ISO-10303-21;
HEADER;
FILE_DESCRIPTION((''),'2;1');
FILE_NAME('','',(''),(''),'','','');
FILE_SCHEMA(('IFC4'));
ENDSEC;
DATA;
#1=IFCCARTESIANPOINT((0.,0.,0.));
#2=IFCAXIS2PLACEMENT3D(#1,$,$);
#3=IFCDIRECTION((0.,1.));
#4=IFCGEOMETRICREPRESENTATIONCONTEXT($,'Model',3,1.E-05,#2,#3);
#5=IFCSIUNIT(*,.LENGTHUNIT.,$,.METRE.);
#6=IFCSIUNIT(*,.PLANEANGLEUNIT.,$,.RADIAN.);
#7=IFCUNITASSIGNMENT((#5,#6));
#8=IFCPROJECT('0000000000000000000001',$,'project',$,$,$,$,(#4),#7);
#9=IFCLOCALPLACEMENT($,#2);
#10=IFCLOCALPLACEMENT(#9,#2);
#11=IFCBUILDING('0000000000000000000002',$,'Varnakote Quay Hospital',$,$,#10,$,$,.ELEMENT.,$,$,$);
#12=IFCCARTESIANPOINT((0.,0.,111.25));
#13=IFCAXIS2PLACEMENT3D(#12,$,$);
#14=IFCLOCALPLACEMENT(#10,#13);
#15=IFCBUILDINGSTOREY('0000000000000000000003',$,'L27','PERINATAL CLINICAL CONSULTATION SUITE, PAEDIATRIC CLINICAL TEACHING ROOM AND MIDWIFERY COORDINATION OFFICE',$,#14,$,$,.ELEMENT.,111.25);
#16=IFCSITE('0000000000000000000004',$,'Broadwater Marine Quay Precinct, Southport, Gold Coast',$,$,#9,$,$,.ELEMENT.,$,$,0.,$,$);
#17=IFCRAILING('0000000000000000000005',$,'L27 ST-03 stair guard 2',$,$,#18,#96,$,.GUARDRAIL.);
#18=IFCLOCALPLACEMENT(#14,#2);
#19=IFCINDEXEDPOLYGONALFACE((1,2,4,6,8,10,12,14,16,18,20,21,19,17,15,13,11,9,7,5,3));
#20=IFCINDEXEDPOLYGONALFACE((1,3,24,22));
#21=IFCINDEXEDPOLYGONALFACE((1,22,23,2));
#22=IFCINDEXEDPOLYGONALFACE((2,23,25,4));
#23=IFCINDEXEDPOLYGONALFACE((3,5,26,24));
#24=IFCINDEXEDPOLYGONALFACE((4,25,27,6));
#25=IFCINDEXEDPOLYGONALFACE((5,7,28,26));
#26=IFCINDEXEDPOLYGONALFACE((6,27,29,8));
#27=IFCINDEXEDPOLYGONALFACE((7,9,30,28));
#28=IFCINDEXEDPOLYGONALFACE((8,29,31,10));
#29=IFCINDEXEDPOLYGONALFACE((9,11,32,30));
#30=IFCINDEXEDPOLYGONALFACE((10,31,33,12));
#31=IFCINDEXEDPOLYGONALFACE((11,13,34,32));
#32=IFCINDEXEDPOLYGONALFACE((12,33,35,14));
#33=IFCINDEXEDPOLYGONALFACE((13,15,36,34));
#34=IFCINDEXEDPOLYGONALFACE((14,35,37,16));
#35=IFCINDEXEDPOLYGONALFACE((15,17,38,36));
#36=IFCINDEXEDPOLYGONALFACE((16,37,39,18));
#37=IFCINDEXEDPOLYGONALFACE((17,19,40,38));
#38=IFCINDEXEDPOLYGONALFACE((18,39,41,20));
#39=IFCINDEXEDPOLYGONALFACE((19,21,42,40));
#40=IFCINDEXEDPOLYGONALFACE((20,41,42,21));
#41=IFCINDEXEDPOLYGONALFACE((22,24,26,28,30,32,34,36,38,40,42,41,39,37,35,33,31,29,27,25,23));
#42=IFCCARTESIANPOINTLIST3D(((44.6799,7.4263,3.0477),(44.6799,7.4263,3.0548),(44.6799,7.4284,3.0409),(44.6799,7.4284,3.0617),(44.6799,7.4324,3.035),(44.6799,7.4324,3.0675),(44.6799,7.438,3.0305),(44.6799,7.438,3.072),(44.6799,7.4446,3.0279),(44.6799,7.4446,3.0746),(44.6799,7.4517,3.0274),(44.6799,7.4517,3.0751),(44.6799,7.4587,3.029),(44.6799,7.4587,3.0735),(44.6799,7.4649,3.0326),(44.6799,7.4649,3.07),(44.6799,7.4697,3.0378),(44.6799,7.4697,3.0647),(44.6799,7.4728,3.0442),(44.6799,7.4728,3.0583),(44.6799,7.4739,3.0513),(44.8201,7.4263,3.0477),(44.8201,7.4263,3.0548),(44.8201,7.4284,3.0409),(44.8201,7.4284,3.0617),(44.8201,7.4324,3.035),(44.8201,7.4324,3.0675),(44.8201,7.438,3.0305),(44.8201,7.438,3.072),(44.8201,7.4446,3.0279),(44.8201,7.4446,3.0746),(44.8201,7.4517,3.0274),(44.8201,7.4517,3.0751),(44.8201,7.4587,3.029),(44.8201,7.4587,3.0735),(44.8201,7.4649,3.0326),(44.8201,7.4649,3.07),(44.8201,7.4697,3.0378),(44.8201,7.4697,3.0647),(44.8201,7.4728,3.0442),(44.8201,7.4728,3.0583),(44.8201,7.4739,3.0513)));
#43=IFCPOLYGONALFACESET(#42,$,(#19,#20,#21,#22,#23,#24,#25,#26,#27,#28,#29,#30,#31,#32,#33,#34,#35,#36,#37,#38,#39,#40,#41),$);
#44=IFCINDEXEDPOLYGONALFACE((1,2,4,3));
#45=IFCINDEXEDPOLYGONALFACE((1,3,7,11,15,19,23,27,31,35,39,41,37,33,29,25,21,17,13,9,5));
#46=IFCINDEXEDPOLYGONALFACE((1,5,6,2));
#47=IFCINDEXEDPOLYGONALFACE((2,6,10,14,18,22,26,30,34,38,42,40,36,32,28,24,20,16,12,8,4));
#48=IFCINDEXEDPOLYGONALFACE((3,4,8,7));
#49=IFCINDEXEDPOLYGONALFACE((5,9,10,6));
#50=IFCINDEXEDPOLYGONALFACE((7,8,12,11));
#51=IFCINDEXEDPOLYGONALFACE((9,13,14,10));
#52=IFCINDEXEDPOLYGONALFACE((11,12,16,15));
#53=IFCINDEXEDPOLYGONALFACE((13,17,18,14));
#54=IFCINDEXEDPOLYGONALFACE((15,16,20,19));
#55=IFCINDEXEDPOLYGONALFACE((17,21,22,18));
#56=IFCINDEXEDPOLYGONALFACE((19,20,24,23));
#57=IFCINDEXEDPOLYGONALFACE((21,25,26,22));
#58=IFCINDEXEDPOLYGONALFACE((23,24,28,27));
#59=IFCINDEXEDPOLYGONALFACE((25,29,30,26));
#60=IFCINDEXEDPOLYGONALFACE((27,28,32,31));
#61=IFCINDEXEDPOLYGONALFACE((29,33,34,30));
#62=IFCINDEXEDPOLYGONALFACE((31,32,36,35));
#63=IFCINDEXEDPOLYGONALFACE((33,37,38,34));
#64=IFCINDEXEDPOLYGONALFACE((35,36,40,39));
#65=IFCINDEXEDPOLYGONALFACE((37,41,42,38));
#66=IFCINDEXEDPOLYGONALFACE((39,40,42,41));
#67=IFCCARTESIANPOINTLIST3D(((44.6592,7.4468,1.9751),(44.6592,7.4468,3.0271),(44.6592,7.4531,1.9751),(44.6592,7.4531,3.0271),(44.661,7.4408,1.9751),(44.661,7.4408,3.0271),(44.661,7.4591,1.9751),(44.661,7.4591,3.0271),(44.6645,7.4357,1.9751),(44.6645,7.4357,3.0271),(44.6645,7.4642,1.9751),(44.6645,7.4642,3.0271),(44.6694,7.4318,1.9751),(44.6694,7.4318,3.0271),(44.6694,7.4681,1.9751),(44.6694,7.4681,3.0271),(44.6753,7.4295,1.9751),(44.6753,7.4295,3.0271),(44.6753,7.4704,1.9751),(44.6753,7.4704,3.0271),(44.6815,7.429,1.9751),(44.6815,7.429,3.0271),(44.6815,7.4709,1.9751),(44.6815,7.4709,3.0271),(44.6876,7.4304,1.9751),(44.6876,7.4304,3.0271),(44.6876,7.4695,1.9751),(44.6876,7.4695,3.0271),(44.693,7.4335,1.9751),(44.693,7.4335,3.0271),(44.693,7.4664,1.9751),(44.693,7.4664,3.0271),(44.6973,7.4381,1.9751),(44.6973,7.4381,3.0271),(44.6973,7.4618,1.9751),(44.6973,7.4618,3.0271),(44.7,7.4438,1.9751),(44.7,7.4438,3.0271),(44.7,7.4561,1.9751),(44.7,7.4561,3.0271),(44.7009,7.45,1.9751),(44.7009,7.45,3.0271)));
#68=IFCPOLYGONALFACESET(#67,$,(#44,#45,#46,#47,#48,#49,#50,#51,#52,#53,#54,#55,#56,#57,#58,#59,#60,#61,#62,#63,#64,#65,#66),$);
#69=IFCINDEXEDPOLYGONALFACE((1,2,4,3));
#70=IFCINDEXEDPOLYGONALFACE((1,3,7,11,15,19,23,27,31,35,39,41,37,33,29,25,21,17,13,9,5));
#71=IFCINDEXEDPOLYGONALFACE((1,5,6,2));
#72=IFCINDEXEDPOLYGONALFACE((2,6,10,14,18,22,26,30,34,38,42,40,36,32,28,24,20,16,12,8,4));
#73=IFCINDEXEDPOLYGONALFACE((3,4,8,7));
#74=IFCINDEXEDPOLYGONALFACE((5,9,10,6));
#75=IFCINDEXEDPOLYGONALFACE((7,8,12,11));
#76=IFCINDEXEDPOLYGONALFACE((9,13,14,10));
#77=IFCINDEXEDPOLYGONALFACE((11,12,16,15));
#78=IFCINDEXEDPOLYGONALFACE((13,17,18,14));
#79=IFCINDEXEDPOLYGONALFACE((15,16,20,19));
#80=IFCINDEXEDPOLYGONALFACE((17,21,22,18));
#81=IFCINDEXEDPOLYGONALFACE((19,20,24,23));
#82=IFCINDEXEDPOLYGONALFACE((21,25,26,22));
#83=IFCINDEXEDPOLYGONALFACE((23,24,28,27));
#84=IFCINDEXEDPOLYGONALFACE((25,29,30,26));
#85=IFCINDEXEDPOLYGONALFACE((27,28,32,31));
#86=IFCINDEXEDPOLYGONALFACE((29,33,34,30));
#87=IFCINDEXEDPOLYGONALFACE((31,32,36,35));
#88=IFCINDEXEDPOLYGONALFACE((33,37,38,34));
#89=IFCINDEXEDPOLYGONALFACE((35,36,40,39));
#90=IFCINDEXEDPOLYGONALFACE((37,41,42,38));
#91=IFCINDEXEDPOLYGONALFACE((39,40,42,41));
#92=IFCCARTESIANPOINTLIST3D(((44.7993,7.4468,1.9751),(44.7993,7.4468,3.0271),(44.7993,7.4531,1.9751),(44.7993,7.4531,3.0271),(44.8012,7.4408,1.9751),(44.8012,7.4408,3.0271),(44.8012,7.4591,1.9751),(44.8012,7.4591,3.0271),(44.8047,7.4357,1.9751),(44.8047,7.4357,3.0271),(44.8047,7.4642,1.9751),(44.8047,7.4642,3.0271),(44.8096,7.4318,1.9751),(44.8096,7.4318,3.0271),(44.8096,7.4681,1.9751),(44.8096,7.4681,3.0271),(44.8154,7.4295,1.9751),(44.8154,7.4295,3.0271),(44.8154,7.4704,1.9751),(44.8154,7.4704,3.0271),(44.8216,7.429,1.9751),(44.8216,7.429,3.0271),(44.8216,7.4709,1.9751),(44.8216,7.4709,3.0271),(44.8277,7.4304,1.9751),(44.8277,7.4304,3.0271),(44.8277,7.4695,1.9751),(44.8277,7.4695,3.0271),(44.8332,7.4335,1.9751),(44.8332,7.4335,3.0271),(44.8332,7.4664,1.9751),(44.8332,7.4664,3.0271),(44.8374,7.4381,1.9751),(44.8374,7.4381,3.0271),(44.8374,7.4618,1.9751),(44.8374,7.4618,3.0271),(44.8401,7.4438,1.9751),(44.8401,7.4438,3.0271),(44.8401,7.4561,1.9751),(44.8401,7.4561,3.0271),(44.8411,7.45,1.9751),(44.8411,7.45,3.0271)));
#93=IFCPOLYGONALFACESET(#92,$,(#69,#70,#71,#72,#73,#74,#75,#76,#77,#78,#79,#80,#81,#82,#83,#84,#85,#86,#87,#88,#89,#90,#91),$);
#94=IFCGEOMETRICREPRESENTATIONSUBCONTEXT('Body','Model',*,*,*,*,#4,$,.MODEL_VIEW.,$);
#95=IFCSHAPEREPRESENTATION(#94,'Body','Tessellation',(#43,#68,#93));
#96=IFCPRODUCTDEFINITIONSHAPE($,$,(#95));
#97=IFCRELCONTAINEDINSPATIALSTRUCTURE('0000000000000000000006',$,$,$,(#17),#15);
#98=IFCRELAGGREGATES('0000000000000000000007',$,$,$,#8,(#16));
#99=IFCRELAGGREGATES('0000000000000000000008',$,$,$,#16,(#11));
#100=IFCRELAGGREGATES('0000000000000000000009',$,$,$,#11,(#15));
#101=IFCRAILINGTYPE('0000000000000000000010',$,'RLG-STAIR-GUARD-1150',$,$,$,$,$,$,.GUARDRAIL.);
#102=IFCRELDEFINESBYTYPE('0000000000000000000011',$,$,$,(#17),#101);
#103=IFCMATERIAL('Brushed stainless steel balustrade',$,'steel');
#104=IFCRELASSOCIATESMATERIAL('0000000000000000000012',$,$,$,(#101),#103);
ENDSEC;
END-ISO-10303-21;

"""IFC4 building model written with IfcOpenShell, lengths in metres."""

from ifc_helpers import new_model, si_unit, direction, frame, origin, origin_2d, place, context, subcontext, project, spatial, circle, extrude, material, type_object, element, save


model = new_model("IFC4")

# Units and contexts
model_context = context("Model", 3, precision=1e-05, world=origin(), true_north=direction((0.0, 1.0)))
body_context = subcontext(model_context, "Body", "Model", "MODEL_VIEW")
ifc_project = project(units=[si_unit("LENGTHUNIT", "METRE"), si_unit("PLANEANGLEUNIT", "RADIAN")], contexts=[model_context])

# Site, building, storey
site_placement = place(None, origin())
site = spatial("IfcSite", under=ifc_project, at=site_placement, Name="Broadwater Marine Quay Precinct, Southport, Gold Coast", CompositionType="ELEMENT", RefElevation=0.0)
building_placement = place(site_placement, origin())
building = spatial("IfcBuilding", under=site, at=building_placement, Name="Varnakote Quay Hospital", CompositionType="ELEMENT")
storey_placement = place(building_placement, frame((0.0, 0.0, 111.25)))
storey = spatial("IfcBuildingStorey", under=building, at=storey_placement, Name="L27", Description="PERINATAL CLINICAL CONSULTATION SUITE, PAEDIATRIC CLINICAL TEACHING ROOM AND MIDWIFERY COORDINATION OFFICE", CompositionType="ELEMENT", Elevation=111.25)

# Railing
ifc_material_1 = material(Name="Brushed stainless steel balustrade", Category="steel")
railing_type_1 = type_object("IfcRailingType", Name="RLG-STAIR-GUARD-1150", PredefinedType="GUARDRAIL", material=ifc_material_1)
railing_1_placement = place(storey_placement, frame((44.6799, 7.45, 1.9751)))
element("IfcRailing", 1, at=railing_1_placement, inside=storey, type_object=railing_type_1, Name="L27 ST-03 stair guard 2", PredefinedType="GUARDRAIL", context=body_context, shape_type="SweptSolid", body=[
    extrude(circle(Radius=0.0239, at=origin_2d()), frame((0.0, 0.0, 1.0762), z_axis=(1.0, 0.0, 0.0), x_axis=(0.0, 1.0, 0.0)), (0.0, 0.0, 1.0), 0.1401),
    extrude(circle(Radius=0.021, at=origin_2d()), origin(), (0.0, 0.0, 1.0), 1.052),
    extrude(circle(Radius=0.021, at=origin_2d()), frame((0.1401, 0.0, 0.0)), (0.0, 0.0, 1.0), 1.052),
])

save(model, "model.ifc")
